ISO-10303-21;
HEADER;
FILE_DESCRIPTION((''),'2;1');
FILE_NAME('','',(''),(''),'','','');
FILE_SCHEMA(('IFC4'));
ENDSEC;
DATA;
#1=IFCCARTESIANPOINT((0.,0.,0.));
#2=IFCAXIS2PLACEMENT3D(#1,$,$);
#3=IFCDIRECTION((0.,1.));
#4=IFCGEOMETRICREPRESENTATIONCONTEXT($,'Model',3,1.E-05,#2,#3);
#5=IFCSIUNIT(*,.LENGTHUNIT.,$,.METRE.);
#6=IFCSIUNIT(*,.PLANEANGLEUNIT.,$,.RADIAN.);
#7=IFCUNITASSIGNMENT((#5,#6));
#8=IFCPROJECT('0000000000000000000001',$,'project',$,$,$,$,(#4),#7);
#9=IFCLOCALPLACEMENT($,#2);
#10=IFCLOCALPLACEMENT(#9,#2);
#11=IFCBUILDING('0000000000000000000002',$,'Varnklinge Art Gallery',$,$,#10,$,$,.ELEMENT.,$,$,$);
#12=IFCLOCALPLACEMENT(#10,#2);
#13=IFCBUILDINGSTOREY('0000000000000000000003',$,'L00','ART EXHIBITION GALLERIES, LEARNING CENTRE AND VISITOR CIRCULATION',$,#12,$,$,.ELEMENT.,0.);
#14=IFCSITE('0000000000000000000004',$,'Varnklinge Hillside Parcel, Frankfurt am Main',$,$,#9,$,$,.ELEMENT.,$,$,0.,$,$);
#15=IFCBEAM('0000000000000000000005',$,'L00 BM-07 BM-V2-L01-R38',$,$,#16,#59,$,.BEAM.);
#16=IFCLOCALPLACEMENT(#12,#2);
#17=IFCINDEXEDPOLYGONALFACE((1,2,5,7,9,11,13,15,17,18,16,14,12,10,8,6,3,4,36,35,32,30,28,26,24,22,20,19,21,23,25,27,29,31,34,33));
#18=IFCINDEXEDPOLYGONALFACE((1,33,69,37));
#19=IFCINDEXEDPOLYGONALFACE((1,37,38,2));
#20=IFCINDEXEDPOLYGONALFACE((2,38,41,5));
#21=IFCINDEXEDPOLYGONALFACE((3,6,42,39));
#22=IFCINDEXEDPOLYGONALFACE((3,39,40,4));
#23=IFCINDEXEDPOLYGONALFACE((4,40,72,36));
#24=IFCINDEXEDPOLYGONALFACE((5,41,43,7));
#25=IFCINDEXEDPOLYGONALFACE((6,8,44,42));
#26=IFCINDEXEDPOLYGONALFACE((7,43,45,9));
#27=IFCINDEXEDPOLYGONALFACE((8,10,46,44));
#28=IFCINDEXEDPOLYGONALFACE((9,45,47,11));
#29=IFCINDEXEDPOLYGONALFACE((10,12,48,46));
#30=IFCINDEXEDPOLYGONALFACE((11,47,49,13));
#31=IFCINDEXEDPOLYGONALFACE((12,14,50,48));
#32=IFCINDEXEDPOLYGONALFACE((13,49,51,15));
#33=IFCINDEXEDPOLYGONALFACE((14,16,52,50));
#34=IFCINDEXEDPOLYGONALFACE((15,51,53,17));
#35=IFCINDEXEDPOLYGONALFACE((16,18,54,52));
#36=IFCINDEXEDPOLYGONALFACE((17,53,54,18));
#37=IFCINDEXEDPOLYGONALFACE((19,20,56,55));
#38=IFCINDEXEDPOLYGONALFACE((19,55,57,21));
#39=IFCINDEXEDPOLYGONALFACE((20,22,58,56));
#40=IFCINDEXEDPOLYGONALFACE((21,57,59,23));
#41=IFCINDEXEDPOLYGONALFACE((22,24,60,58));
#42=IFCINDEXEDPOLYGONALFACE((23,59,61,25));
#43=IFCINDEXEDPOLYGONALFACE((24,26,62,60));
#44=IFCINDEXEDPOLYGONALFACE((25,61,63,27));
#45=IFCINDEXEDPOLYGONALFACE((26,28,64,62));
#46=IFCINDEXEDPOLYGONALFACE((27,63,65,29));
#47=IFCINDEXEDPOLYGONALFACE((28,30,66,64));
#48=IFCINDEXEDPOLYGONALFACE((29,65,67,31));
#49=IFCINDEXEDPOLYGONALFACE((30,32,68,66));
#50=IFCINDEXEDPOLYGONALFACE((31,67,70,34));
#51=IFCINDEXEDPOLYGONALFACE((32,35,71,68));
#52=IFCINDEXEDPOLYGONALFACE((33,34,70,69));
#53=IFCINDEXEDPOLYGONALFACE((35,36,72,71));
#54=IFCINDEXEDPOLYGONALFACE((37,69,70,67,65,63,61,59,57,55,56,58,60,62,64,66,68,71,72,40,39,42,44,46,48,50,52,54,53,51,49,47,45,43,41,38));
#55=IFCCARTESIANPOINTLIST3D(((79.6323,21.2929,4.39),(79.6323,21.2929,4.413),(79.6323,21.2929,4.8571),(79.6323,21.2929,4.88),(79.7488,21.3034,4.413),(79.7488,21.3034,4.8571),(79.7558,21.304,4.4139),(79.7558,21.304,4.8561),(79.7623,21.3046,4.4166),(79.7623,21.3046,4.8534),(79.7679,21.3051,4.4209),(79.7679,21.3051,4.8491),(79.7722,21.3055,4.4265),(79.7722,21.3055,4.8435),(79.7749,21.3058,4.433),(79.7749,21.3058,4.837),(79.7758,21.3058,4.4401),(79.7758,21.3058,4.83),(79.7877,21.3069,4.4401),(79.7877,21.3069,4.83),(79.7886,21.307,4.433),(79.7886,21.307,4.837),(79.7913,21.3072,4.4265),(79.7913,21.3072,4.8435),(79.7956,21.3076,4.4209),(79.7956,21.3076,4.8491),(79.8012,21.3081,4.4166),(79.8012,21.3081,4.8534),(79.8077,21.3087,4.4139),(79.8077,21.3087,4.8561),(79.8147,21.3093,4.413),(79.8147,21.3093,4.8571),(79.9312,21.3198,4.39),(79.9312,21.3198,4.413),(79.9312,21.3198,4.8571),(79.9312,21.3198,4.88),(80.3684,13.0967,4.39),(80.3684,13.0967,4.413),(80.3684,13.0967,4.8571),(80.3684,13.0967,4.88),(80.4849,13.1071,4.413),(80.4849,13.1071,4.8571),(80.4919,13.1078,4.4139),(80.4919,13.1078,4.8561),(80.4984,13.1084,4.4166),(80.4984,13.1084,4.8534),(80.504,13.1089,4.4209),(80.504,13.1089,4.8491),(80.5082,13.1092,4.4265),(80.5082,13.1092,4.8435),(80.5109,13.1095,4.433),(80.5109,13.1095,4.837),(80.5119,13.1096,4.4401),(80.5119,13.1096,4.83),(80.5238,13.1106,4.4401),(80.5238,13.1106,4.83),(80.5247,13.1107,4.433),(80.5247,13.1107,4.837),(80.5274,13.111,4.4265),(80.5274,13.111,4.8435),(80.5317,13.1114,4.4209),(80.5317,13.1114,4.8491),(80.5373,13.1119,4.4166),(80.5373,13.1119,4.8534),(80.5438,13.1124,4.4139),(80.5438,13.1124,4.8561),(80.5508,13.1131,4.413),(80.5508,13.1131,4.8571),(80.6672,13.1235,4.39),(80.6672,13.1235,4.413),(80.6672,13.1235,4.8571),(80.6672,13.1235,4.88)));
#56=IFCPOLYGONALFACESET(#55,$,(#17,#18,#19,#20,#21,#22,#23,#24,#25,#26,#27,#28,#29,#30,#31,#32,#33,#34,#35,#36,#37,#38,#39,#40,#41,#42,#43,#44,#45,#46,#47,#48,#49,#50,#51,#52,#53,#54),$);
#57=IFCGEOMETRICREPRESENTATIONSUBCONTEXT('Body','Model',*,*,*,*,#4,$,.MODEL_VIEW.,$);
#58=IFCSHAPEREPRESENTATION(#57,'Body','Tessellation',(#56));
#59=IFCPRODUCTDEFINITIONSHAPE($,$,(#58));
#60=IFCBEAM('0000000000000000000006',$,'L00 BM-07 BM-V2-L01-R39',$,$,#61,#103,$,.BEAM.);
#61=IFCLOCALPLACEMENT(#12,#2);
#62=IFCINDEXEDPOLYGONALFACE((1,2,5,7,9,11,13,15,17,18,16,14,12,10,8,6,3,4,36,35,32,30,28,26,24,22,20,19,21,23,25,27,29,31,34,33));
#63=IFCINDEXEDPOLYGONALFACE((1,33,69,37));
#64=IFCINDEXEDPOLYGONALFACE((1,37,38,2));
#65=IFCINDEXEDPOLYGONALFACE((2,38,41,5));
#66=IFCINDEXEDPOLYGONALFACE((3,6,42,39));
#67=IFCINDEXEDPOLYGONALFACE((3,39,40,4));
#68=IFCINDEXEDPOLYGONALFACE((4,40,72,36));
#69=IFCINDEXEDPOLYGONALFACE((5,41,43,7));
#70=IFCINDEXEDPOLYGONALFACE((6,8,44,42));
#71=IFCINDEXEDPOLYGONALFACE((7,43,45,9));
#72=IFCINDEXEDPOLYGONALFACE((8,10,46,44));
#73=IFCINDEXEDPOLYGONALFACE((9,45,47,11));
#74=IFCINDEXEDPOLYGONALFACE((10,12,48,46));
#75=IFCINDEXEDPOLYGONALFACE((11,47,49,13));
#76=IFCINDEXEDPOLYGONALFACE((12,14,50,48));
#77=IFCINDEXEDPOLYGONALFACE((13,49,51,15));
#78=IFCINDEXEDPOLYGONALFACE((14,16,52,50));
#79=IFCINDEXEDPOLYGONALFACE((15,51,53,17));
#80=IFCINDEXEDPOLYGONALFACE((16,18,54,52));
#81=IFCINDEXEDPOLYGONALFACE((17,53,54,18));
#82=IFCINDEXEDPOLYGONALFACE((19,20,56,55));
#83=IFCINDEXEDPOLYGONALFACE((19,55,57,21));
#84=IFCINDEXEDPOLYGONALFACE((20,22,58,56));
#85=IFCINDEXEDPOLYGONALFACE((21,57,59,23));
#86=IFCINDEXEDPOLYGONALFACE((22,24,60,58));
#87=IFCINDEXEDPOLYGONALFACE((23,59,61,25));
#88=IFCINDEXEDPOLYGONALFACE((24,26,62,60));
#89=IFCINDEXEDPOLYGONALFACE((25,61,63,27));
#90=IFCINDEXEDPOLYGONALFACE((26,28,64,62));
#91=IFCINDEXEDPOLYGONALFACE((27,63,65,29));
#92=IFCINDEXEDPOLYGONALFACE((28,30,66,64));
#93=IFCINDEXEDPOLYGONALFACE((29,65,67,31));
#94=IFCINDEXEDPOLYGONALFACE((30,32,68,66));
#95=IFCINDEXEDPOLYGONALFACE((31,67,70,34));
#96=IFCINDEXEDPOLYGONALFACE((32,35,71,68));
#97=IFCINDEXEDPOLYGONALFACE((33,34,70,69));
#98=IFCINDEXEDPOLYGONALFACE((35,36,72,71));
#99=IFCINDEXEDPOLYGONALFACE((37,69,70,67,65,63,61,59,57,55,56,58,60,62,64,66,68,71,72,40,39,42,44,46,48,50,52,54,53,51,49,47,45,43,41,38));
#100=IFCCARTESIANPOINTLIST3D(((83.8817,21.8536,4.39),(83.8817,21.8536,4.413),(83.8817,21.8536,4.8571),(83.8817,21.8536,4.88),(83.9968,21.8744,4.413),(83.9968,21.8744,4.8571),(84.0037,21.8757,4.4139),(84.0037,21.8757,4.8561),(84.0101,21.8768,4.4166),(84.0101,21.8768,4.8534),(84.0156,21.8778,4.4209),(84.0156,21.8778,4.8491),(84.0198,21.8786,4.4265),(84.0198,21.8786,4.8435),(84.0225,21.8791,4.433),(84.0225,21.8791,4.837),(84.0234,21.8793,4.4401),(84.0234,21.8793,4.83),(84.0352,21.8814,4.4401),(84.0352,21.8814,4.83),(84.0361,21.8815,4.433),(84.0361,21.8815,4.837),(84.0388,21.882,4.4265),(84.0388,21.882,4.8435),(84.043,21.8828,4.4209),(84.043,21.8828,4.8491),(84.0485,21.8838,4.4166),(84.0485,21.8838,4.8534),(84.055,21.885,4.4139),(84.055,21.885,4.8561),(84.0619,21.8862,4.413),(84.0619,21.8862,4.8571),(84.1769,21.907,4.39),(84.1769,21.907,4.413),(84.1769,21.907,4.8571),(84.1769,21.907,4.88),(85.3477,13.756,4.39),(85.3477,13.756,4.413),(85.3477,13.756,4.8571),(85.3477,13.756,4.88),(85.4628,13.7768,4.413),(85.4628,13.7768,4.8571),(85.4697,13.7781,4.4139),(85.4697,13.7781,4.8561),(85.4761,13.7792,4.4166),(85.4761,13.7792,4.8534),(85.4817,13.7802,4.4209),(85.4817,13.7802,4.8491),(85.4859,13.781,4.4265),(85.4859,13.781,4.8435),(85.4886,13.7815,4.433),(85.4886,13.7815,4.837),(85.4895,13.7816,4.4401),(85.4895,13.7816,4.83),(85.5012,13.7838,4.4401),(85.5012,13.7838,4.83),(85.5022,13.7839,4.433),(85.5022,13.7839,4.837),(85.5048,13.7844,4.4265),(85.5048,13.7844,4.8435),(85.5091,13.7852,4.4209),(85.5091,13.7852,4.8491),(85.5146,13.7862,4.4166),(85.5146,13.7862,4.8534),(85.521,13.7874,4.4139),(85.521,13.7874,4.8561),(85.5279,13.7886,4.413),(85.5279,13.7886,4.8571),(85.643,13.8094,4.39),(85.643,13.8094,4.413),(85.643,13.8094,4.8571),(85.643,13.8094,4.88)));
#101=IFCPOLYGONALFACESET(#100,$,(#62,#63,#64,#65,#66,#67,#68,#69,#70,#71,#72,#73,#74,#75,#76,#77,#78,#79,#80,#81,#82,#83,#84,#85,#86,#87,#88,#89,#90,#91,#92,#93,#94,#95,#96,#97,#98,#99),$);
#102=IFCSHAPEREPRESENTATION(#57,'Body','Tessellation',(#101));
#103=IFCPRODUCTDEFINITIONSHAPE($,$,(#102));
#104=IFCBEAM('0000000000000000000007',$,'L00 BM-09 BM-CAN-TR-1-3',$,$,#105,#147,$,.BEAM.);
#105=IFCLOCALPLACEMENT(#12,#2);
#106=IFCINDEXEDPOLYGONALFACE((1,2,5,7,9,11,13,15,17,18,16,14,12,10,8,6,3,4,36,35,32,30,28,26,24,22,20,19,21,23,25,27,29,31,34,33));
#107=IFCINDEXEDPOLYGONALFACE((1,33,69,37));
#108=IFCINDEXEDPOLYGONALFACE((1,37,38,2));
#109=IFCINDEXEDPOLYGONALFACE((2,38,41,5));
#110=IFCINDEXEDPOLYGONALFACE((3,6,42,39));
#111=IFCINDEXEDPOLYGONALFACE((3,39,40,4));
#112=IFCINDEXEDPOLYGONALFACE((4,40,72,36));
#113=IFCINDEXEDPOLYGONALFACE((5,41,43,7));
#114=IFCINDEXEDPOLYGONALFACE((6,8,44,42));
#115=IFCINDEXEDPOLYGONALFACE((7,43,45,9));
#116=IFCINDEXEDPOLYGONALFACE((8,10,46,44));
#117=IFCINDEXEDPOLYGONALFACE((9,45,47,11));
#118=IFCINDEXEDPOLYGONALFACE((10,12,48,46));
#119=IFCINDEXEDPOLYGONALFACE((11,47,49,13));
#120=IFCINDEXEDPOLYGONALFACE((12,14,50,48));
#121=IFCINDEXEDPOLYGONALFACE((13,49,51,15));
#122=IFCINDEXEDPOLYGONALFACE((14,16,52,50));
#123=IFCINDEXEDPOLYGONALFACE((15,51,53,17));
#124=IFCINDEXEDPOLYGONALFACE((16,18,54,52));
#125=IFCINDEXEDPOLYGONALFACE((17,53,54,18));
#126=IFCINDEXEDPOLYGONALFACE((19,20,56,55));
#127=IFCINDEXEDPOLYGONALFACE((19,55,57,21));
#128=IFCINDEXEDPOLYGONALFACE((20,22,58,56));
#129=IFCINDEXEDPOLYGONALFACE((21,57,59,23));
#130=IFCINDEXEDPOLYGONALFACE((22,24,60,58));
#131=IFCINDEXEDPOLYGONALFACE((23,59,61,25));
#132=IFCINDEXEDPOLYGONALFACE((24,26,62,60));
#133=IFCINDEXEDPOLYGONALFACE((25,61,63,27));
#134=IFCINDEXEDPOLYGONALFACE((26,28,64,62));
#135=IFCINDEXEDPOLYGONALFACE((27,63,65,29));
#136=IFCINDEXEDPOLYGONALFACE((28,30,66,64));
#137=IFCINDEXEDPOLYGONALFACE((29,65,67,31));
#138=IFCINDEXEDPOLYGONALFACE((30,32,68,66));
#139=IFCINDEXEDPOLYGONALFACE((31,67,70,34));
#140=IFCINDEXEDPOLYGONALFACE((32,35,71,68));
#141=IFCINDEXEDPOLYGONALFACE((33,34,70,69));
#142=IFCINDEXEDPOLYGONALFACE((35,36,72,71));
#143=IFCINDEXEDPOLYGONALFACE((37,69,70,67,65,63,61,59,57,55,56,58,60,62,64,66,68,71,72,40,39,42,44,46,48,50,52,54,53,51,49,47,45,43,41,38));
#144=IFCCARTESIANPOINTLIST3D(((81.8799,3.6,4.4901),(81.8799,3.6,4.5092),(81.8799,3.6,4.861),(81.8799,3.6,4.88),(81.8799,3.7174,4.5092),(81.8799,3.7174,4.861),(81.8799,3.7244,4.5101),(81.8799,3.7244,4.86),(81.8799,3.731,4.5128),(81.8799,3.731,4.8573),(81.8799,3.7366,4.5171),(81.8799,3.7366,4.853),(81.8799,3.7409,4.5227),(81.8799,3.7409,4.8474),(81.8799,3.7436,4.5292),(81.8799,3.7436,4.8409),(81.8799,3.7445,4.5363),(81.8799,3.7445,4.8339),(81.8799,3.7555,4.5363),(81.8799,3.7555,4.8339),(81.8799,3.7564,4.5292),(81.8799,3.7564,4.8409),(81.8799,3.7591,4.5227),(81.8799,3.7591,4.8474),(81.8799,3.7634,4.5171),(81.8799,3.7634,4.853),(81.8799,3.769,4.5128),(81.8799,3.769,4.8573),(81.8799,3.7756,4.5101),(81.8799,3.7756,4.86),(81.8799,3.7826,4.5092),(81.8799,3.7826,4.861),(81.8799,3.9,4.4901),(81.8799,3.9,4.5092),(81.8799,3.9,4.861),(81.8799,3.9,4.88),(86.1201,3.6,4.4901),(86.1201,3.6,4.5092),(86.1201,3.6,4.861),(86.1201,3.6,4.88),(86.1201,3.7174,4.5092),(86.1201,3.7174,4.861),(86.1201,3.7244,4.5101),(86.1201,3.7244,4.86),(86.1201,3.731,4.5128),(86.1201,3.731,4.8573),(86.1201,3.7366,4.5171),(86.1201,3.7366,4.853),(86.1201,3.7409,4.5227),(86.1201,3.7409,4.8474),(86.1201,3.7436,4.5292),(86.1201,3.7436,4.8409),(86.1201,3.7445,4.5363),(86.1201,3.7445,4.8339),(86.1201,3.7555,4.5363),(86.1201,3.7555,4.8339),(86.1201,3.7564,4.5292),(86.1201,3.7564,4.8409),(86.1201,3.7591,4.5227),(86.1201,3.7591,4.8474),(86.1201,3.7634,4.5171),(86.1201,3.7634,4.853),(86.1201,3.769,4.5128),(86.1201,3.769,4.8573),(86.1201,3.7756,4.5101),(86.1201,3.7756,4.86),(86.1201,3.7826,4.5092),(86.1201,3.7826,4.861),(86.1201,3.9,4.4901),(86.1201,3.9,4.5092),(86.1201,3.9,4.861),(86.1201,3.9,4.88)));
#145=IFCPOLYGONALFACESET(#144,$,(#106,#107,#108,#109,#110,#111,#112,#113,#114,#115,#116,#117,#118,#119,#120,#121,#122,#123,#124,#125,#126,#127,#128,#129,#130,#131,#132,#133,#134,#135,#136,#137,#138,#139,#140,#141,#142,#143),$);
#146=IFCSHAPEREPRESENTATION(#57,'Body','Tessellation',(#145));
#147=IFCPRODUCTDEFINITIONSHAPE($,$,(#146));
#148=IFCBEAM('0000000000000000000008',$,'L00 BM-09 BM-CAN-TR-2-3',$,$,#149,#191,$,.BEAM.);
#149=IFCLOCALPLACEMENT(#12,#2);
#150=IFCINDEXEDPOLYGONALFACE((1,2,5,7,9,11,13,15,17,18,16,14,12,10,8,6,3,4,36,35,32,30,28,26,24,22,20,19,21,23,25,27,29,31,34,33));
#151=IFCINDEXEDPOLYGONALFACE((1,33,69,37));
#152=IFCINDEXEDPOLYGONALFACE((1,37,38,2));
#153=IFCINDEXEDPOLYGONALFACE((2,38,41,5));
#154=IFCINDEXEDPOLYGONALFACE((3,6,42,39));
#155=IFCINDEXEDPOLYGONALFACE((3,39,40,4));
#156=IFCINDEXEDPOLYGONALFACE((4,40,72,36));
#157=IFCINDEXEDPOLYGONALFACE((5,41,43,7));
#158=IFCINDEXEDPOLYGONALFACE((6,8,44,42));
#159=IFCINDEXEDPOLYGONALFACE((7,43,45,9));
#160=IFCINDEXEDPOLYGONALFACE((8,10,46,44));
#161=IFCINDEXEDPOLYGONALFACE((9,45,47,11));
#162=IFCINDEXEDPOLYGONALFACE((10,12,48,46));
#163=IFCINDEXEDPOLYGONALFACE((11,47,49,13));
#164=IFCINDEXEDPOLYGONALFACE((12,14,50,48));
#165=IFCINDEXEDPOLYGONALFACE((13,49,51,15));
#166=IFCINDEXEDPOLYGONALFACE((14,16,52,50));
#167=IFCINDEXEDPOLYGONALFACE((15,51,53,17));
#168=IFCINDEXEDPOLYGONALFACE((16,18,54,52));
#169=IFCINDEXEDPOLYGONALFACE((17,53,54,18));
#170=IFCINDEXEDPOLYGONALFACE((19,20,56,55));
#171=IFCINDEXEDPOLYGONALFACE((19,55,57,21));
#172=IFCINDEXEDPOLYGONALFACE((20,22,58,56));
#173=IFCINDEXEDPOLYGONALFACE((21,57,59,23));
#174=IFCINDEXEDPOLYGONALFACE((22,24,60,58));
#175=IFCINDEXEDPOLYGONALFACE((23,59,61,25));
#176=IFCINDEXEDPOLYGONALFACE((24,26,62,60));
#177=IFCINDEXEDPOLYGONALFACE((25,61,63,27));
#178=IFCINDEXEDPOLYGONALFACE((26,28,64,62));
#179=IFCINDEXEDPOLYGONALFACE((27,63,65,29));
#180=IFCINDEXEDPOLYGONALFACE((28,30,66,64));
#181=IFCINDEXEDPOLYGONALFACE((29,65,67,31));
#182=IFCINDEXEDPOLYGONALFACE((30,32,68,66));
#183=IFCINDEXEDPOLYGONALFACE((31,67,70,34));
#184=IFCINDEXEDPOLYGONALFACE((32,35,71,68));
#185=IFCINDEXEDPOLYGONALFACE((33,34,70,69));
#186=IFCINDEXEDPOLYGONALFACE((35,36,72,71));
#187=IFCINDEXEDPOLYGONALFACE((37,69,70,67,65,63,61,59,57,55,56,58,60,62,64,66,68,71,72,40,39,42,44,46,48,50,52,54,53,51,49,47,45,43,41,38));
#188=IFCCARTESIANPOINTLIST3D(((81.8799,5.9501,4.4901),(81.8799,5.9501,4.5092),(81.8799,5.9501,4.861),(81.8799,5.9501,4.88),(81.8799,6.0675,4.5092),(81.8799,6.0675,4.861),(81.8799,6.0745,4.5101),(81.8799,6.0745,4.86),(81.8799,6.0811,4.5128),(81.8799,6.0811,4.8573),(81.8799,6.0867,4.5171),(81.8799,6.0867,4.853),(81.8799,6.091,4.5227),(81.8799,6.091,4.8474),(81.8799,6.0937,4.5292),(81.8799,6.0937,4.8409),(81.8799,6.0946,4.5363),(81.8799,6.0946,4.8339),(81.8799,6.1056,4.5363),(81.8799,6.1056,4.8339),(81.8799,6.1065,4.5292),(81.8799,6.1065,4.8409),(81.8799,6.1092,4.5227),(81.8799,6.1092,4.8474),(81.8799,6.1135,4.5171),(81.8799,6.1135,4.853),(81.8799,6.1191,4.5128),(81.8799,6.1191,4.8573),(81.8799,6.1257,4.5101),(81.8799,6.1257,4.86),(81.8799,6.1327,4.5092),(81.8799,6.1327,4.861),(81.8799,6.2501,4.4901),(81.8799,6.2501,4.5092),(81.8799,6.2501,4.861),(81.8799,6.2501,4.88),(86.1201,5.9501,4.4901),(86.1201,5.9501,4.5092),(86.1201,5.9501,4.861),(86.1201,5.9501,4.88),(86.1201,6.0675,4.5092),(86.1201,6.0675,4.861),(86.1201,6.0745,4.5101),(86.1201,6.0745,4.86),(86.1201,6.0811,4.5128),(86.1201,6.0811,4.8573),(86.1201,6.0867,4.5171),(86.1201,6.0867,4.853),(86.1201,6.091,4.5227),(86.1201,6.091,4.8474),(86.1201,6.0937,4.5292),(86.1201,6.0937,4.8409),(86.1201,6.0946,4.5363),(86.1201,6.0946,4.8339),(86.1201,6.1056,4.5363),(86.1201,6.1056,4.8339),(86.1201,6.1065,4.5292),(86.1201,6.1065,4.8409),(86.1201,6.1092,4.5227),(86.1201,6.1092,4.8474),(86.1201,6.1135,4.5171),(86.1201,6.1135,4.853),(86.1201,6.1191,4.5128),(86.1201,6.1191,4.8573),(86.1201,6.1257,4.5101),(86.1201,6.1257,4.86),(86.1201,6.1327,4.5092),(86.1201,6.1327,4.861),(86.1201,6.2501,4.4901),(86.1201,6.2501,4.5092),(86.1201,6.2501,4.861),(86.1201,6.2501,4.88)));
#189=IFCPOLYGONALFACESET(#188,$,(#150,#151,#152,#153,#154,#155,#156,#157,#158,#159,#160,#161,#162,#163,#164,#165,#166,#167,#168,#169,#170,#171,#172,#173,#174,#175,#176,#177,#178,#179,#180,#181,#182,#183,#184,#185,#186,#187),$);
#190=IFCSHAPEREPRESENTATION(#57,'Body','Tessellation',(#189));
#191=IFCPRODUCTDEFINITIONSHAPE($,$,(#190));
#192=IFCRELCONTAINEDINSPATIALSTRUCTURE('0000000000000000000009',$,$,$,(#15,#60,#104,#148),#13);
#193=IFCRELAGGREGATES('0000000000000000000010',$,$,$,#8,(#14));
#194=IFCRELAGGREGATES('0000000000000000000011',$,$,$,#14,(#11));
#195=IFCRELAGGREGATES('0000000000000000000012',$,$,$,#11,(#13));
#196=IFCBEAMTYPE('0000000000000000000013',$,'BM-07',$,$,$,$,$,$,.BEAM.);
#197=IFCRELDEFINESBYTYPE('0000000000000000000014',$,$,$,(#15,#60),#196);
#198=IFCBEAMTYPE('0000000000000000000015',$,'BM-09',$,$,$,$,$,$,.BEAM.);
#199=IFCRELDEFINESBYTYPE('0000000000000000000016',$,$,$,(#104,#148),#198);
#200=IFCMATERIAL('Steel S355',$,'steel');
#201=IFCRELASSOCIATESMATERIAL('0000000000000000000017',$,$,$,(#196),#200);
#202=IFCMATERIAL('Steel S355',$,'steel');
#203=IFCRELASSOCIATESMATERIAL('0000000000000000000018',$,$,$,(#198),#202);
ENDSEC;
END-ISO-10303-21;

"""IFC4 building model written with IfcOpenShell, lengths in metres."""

from ifc_helpers import new_model, si_unit, direction, frame, origin, origin_2d, place, context, subcontext, project, spatial, i_section, extrude, material, material_profile, profile_set, type_object, element, save


model = new_model("IFC4")

# Units and contexts
model_context = context("Model", 3, precision=1e-05, world=origin(), true_north=direction((0.0, 1.0)))
body_context = subcontext(model_context, "Body", "Model", "MODEL_VIEW")
ifc_project = project(units=[si_unit("LENGTHUNIT", "METRE"), si_unit("PLANEANGLEUNIT", "RADIAN")], contexts=[model_context])

# Site, building, storey
site_placement = place(None, origin())
site = spatial("IfcSite", under=ifc_project, at=site_placement, Name="Varnklinge Hillside Parcel, Frankfurt am Main", CompositionType="ELEMENT", RefElevation=0.0)
building_placement = place(site_placement, origin())
building = spatial("IfcBuilding", under=site, at=building_placement, Name="Varnklinge Art Gallery", CompositionType="ELEMENT")
storey_placement = place(building_placement, origin())
storey = spatial("IfcBuildingStorey", under=building, at=storey_placement, Name="L00", Description="ART EXHIBITION GALLERIES, LEARNING CENTRE AND VISITOR CIRCULATION", CompositionType="ELEMENT", Elevation=0.0)

# Beams
ifc_material_1 = material(Name="Steel S355", Category="steel")
ifc_material_profile_1 = material_profile(ifc_material_1, i_section(OverallWidth=0.3, OverallDepth=0.49, WebThickness=0.012, FlangeThickness=0.0229, FilletRadius=0.0271, at=origin_2d()), Name="HEA 500")
ifc_profile_set_1 = profile_set([ifc_material_profile_1], Name="Steel S355")
beam_type_1 = type_object("IfcBeamType", Name="BM-07", PredefinedType="BEAM", material=ifc_profile_set_1)
for number, where, z_axis, x_axis, name in (
    (1, (80.5178, 13.1101, 4.635), (-0.089447, 0.995992, 0.0), (-0.995992, -0.089447, 0.0), "L00 BM-07 BM-V2-L01-R38"),
    (2, (85.4954, 13.7827, 4.635), (-0.178152, 0.984003, 0.0), (-0.984003, -0.178152, 0.0), "L00 BM-07 BM-V2-L01-R39"),
):
    element("IfcBeam", number, at=place(storey_placement, frame(where, z_axis=z_axis, x_axis=x_axis)), inside=storey, type_object=beam_type_1, Name=name, PredefinedType="BEAM", context=body_context, shape_type="SweptSolid", body=[
        extrude(i_section(OverallWidth=0.3, OverallDepth=0.49, WebThickness=0.012, FlangeThickness=0.0229, FilletRadius=0.0271, at=origin_2d()), origin(), (0.0, 0.0, 1.0), 8.2292),
    ])
ifc_material_2 = material(Name="Steel S355", Category="steel")
ifc_material_profile_2 = material_profile(ifc_material_2, i_section(OverallWidth=0.3, OverallDepth=0.3899, WebThickness=0.011, FlangeThickness=0.019, FilletRadius=0.0271, at=origin_2d()), Name="HEA 400")
ifc_profile_set_2 = profile_set([ifc_material_profile_2], Name="Steel S355")
beam_type_2 = type_object("IfcBeamType", Name="BM-09", PredefinedType="BEAM", material=ifc_profile_set_2)
for number, where, z_axis, x_axis, name in (
    (3, (81.8799, 3.75, 4.6851), (1.0, 0.0, 0.0), (0.0, 1.0, 0.0), "L00 BM-09 BM-CAN-TR-1-3"),
    (4, (81.8799, 6.1001, 4.6851), (1.0, 0.0, 0.0), (0.0, 1.0, 0.0), "L00 BM-09 BM-CAN-TR-2-3"),
):
    element("IfcBeam", number, at=place(storey_placement, frame(where, z_axis=z_axis, x_axis=x_axis)), inside=storey, type_object=beam_type_2, Name=name, PredefinedType="BEAM", context=body_context, shape_type="SweptSolid", body=[
        extrude(i_section(OverallWidth=0.3, OverallDepth=0.3899, WebThickness=0.011, FlangeThickness=0.019, FilletRadius=0.0271, at=origin_2d()), origin(), (0.0, 0.0, 1.0), 4.2402),
    ])

save(model, "model.ifc")
